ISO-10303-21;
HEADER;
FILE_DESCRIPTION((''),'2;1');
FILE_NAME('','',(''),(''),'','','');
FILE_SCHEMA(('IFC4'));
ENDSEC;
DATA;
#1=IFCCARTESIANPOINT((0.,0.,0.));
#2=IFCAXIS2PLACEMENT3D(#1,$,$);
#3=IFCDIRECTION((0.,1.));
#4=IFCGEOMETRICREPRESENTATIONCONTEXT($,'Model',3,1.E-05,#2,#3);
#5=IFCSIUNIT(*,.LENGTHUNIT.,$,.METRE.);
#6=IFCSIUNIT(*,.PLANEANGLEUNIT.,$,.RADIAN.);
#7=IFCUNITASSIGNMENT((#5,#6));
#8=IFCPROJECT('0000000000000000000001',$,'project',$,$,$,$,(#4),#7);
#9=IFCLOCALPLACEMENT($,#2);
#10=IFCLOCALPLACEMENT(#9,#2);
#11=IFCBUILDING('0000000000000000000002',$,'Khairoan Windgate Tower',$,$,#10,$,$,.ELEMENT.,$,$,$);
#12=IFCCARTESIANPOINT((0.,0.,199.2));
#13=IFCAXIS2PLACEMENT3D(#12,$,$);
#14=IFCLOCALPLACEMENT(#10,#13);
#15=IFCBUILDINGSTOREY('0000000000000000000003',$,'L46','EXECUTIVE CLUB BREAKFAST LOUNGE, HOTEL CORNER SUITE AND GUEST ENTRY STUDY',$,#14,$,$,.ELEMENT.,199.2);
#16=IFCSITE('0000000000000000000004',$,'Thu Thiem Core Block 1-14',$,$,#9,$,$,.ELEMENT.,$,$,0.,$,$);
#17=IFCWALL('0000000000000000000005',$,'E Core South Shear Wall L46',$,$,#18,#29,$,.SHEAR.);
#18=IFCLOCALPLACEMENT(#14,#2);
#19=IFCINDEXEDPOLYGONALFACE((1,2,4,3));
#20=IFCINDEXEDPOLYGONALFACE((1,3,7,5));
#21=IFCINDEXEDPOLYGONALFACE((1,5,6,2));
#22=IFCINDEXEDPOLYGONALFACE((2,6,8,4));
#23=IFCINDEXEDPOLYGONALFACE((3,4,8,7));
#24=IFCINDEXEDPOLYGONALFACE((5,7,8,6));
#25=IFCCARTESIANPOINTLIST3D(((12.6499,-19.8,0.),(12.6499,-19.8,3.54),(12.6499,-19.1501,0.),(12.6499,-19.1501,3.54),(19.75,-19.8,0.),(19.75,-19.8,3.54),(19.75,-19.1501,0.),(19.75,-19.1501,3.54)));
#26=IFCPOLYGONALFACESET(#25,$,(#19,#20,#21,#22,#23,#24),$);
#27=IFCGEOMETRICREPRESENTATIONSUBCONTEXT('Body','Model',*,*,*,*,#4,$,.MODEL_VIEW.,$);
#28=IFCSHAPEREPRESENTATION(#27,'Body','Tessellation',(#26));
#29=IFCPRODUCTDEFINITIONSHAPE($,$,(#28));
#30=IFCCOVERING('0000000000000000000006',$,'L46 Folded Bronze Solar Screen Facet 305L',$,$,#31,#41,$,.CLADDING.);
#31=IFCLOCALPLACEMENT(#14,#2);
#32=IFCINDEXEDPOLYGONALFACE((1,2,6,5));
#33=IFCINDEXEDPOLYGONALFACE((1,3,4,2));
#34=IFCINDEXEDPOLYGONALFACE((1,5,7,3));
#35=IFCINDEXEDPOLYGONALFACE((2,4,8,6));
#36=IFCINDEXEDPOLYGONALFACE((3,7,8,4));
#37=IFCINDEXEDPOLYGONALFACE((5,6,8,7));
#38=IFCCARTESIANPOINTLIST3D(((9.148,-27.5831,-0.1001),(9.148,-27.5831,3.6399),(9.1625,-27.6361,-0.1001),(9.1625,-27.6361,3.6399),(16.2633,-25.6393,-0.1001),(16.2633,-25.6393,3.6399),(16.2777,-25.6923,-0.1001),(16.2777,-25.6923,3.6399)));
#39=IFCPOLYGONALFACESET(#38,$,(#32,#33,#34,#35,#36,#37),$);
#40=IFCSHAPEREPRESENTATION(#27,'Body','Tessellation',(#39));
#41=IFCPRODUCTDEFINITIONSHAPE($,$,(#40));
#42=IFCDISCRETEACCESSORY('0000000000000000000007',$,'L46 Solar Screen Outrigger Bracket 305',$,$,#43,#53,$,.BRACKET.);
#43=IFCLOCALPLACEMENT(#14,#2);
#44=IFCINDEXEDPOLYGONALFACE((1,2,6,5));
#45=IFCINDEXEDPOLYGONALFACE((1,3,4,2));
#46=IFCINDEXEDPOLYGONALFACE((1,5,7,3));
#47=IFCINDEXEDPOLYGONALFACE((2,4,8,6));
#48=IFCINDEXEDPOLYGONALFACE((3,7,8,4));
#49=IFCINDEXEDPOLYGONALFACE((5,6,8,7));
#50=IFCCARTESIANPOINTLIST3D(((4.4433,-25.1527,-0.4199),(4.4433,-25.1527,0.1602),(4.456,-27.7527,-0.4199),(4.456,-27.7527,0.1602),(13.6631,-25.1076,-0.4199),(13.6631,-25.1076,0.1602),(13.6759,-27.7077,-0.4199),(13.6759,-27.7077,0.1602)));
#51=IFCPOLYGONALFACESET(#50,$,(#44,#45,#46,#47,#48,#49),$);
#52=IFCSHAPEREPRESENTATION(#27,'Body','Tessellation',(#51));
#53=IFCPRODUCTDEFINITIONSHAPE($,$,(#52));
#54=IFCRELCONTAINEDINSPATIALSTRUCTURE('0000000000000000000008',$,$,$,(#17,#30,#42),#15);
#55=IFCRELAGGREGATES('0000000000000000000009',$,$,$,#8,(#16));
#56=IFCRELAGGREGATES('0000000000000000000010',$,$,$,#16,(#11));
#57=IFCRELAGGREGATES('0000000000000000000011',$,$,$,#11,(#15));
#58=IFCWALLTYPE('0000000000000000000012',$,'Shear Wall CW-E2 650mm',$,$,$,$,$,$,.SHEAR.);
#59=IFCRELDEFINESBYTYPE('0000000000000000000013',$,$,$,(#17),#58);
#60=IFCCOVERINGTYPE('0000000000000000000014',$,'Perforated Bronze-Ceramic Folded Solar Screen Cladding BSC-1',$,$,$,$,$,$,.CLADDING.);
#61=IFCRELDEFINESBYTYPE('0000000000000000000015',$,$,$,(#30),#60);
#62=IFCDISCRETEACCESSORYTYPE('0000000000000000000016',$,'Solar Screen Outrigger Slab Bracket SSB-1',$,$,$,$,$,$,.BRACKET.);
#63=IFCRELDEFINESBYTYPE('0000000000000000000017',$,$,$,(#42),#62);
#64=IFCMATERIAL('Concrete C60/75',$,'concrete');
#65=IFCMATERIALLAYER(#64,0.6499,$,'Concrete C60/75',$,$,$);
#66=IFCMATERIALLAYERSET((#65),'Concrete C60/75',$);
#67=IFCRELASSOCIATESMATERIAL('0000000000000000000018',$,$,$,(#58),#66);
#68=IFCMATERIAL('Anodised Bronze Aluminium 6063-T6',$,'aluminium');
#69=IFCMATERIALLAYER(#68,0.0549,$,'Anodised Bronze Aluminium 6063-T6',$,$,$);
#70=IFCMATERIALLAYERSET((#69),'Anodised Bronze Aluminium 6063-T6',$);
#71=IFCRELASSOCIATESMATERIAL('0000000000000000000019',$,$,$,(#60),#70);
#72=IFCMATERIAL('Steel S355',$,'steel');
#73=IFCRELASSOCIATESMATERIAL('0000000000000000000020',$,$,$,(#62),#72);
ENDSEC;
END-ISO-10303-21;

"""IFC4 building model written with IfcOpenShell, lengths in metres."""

from ifc_helpers import new_model, si_unit, direction, frame, frame_2d, origin, origin_2d, place, context, subcontext, project, spatial, rectangle, extrude, material, layer, layer_set, type_object, element, save


model = new_model("IFC4")

# Units and contexts
model_context = context("Model", 3, precision=1e-05, world=origin(), true_north=direction((0.0, 1.0)))
body_context = subcontext(model_context, "Body", "Model", "MODEL_VIEW")
ifc_project = project(units=[si_unit("LENGTHUNIT", "METRE"), si_unit("PLANEANGLEUNIT", "RADIAN")], contexts=[model_context])

# Site, building, storey
site_placement = place(None, origin())
site = spatial("IfcSite", under=ifc_project, at=site_placement, Name="Thu Thiem Core Block 1-14", CompositionType="ELEMENT", RefElevation=0.0)
building_placement = place(site_placement, origin())
building = spatial("IfcBuilding", under=site, at=building_placement, Name="Khairoan Windgate Tower", CompositionType="ELEMENT")
storey_placement = place(building_placement, frame((0.0, 0.0, 199.2)))
storey = spatial("IfcBuildingStorey", under=building, at=storey_placement, Name="L46", Description="EXECUTIVE CLUB BREAKFAST LOUNGE, HOTEL CORNER SUITE AND GUEST ENTRY STUDY", CompositionType="ELEMENT", Elevation=199.2)

# Shared definitions
ifc_material_1 = material(Name="Concrete C60/75", Category="concrete")
ifc_layer_1 = layer(ifc_material_1, 0.6499, Name="Concrete C60/75")
ifc_layer_set_1 = layer_set([ifc_layer_1], Name="Concrete C60/75")
wall_type_1 = type_object("IfcWallType", Name="Shear Wall CW-E2 650mm", PredefinedType="SHEAR", material=ifc_layer_set_1)

# Wall
wall_1_placement = place(storey_placement, frame((12.6499, -19.4751, 0.0), z_axis=(0.0, 0.0, 1.0), x_axis=(1.0, 0.0, 0.0)))
element("IfcWall", 1, at=wall_1_placement, inside=storey, type_object=wall_type_1, Name="E Core South Shear Wall L46", PredefinedType="SHEAR", context=body_context, shape_type="SweptSolid", body=[
    extrude(rectangle(XDim=7.1001, YDim=0.6499, at=frame_2d((3.55, 0.0))), origin(), (0.0, 0.0, 1.0), 3.54),
])

# Covering
ifc_material_2 = material(Name="Anodised Bronze Aluminium 6063-T6", Category="aluminium")
ifc_layer_2 = layer(ifc_material_2, 0.0549, Name="Anodised Bronze Aluminium 6063-T6")
ifc_layer_set_2 = layer_set([ifc_layer_2], Name="Anodised Bronze Aluminium 6063-T6")
covering_type = type_object("IfcCoveringType", Name="Perforated Bronze-Ceramic Folded Solar Screen Cladding BSC-1", PredefinedType="CLADDING", material=ifc_layer_set_2)
covering_placement = place(storey_placement, frame((12.7129, -26.6377, -0.1001), z_axis=(0.0, 0.0, 1.0), x_axis=(-0.964649, -0.263536, 0.0)))
element("IfcCovering", 2, at=covering_placement, inside=storey, type_object=covering_type, Name="L46 Folded Bronze Solar Screen Facet 305L", PredefinedType="CLADDING", context=body_context, shape_type="SweptSolid", body=[
    extrude(rectangle(XDim=7.376, YDim=0.0549, at=origin_2d()), origin(), (0.0, 0.0, 1.0), 3.74),
])

# Discrete accessory
ifc_material_3 = material(Name="Steel S355", Category="steel")
discrete_accessory_type = type_object("IfcDiscreteAccessoryType", Name="Solar Screen Outrigger Slab Bracket SSB-1", PredefinedType="BRACKET", material=ifc_material_3)
discrete_accessory_placement = place(storey_placement, frame((9.0596, -26.4302, -0.4199), z_axis=(0.0, 0.0, 1.0), x_axis=(-0.999988, -0.004887, 0.0)))
element("IfcDiscreteAccessory", 3, at=discrete_accessory_placement, inside=storey, type_object=discrete_accessory_type, Name="L46 Solar Screen Outrigger Bracket 305", PredefinedType="BRACKET", context=body_context, shape_type="SweptSolid", body=[
    extrude(rectangle(XDim=9.22, YDim=2.6001, at=origin_2d()), origin(), (0.0, 0.0, 1.0), 0.5801),
])

save(model, "model.ifc")
